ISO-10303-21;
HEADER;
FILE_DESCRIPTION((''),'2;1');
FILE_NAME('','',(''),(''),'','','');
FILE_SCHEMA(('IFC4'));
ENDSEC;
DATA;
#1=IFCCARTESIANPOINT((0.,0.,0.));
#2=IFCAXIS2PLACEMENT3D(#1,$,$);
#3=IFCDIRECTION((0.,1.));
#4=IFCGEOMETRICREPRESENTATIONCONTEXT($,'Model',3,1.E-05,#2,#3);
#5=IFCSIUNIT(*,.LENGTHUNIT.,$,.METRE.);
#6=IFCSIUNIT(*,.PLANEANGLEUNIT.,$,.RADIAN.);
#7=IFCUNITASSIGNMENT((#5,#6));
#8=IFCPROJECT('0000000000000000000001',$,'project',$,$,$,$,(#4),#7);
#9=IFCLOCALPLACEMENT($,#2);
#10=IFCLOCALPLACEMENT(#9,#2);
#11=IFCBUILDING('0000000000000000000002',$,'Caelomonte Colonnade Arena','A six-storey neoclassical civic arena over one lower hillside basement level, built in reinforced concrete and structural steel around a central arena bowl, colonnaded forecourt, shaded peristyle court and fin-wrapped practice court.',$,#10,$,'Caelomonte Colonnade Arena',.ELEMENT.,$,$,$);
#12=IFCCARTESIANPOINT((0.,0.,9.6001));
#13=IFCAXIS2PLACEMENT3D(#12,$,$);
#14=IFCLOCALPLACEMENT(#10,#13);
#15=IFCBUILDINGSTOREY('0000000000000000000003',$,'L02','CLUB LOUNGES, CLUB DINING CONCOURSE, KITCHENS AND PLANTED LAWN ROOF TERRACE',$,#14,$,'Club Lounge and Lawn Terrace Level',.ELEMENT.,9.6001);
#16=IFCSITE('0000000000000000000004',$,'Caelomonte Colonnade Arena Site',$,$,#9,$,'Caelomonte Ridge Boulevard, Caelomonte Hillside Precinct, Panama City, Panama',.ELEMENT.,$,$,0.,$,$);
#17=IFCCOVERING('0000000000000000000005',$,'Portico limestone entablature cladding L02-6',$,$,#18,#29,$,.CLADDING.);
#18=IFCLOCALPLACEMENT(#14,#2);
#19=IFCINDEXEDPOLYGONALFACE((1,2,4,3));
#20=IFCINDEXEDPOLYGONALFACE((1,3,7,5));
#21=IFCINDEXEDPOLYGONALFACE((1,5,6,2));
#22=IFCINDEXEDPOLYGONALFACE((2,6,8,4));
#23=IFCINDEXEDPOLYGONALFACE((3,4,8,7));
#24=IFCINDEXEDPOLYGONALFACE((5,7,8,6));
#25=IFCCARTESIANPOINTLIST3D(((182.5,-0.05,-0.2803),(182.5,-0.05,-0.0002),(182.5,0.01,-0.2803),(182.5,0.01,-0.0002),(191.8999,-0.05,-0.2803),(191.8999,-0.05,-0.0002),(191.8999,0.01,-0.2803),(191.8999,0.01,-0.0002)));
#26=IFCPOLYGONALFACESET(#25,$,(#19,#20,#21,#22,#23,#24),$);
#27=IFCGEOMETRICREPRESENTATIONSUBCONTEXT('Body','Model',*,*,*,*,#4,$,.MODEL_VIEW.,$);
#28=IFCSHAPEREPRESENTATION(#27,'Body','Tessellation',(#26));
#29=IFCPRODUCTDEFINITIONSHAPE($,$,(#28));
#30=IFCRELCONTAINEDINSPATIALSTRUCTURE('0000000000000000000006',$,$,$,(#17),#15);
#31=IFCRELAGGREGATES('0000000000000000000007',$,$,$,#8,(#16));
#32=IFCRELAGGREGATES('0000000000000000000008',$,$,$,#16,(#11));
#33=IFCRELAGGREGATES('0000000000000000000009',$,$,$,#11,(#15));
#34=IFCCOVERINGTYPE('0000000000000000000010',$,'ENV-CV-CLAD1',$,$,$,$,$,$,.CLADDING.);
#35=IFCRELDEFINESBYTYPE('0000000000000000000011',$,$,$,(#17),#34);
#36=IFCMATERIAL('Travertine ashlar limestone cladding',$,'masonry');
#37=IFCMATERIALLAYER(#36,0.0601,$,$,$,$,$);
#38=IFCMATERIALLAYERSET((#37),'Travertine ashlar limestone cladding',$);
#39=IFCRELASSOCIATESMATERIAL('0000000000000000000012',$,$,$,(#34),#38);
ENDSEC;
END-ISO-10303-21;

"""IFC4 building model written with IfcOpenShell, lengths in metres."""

from ifc_helpers import new_model, si_unit, direction, frame, origin, origin_2d, place, context, subcontext, project, spatial, rectangle, extrude, material, layer, layer_set, type_object, element, save


model = new_model("IFC4")

# Units and contexts
model_context = context("Model", 3, precision=1e-05, world=origin(), true_north=direction((0.0, 1.0)))
body_context = subcontext(model_context, "Body", "Model", "MODEL_VIEW")
ifc_project = project(units=[si_unit("LENGTHUNIT", "METRE"), si_unit("PLANEANGLEUNIT", "RADIAN")], contexts=[model_context])

# Site, building, storey
site_placement = place(None, origin())
site = spatial("IfcSite", under=ifc_project, at=site_placement, Name="Caelomonte Colonnade Arena Site", LongName="Caelomonte Ridge Boulevard, Caelomonte Hillside Precinct, Panama City, Panama", CompositionType="ELEMENT", RefElevation=0.0)
building_placement = place(site_placement, origin())
building = spatial("IfcBuilding", under=site, at=building_placement, Name="Caelomonte Colonnade Arena", Description="A six-storey neoclassical civic arena over one lower hillside basement level, built in reinforced concrete and structural steel around a central arena bowl, colonnaded forecourt, shaded peristyle court and fin-wrapped practice court.", LongName="Caelomonte Colonnade Arena", CompositionType="ELEMENT")
storey_placement = place(building_placement, frame((0.0, 0.0, 9.6001)))
storey = spatial("IfcBuildingStorey", under=building, at=storey_placement, Name="L02", Description="CLUB LOUNGES, CLUB DINING CONCOURSE, KITCHENS AND PLANTED LAWN ROOF TERRACE", LongName="Club Lounge and Lawn Terrace Level", CompositionType="ELEMENT", Elevation=9.6001)

# Covering
ifc_material_1 = material(Name="Travertine ashlar limestone cladding", Category="masonry")
ifc_layer_1 = layer(ifc_material_1, 0.0601)
ifc_layer_set_1 = layer_set([ifc_layer_1], Name="Travertine ashlar limestone cladding")
covering_type = type_object("IfcCoveringType", Name="ENV-CV-CLAD1", PredefinedType="CLADDING", material=ifc_layer_set_1)
for number, where, z_axis, x_axis, name in (
    (1, (187.2, -0.02, -0.2803), (0.0, 0.0, 1.0), (1.0, 0.0, 0.0), "Portico limestone entablature cladding L02-6"),
):
    element("IfcCovering", number, at=place(storey_placement, frame(where, z_axis=z_axis, x_axis=x_axis)), inside=storey, type_object=covering_type, Name=name, PredefinedType="CLADDING", context=body_context, shape_type="SweptSolid", body=[
        extrude(rectangle(XDim=9.3999, YDim=0.0601, at=origin_2d()), origin(), (0.0, 0.0, 1.0), 0.28),
    ])

save(model, "model.ifc")
